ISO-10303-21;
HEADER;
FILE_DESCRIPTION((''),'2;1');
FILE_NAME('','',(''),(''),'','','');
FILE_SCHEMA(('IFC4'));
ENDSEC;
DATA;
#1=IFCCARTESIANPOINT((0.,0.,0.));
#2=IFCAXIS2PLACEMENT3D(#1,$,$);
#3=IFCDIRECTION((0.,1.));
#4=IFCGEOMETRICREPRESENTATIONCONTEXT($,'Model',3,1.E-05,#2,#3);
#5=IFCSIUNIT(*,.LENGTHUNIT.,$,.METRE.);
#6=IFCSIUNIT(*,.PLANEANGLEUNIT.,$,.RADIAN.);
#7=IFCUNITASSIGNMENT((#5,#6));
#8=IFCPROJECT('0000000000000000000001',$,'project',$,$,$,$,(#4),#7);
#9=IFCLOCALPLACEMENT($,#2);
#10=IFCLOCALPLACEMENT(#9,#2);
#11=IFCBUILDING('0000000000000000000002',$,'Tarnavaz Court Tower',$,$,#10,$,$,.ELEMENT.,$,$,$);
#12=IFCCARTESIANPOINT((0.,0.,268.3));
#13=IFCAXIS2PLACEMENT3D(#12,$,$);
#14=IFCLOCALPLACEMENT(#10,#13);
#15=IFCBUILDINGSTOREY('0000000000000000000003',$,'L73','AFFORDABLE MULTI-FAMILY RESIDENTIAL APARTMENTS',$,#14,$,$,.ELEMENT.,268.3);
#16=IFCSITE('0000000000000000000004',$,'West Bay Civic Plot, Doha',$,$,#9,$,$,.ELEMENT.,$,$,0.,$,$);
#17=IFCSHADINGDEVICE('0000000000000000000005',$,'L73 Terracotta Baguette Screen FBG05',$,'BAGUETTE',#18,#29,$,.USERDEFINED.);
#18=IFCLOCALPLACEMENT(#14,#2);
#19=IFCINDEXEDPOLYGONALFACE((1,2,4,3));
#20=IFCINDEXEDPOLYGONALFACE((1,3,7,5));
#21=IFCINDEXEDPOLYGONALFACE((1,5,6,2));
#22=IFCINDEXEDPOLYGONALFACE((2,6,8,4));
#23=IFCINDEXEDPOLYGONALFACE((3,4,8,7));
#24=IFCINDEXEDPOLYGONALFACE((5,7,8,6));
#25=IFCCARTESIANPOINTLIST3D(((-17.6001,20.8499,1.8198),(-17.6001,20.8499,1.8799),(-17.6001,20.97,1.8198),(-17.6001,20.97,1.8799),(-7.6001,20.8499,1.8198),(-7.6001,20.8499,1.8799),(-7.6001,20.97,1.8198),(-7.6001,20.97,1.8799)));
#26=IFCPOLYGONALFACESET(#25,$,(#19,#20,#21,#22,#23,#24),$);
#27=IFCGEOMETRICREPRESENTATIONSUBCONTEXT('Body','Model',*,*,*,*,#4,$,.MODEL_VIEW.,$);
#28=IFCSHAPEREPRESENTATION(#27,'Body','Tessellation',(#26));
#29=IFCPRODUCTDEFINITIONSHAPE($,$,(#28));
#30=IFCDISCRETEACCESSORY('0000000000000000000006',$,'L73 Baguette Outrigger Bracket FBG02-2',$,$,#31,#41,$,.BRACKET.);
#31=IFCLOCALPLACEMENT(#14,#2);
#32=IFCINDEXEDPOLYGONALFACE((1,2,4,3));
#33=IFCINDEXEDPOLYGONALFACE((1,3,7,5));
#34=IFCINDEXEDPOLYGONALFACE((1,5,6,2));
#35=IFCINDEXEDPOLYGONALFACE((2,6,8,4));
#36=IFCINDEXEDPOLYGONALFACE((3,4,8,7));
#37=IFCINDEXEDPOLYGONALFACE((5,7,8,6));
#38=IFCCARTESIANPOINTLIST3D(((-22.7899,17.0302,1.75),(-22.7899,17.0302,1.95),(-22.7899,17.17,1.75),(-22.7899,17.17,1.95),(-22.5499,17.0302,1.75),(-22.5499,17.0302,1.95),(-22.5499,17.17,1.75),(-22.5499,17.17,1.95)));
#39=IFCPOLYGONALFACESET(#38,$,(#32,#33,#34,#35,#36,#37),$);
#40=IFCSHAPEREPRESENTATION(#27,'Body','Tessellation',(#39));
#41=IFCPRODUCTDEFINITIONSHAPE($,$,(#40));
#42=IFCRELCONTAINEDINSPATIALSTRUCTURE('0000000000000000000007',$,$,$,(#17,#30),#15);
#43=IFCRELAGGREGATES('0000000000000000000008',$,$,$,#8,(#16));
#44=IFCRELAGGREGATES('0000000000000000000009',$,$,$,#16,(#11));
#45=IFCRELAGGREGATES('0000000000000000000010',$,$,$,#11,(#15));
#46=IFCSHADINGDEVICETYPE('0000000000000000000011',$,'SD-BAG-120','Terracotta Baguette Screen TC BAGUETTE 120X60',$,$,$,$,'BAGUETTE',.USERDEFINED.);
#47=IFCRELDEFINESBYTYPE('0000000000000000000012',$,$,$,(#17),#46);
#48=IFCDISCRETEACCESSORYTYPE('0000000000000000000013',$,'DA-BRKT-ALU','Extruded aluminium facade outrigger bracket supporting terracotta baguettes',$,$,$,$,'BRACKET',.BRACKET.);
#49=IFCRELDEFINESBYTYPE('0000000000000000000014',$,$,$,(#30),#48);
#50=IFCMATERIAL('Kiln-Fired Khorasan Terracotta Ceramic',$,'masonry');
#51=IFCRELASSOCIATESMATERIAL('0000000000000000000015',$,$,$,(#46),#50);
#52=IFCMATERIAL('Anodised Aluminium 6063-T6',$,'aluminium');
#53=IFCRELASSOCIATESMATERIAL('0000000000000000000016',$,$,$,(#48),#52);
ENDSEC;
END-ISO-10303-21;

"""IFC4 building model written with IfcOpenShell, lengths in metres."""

from ifc_helpers import new_model, si_unit, direction, frame, origin, origin_2d, place, context, subcontext, project, spatial, rectangle, extrude, material, material_profile, profile_set, type_object, element, save


model = new_model("IFC4")

# Units and contexts
model_context = context("Model", 3, precision=1e-05, world=origin(), true_north=direction((0.0, 1.0)))
body_context = subcontext(model_context, "Body", "Model", "MODEL_VIEW")
ifc_project = project(units=[si_unit("LENGTHUNIT", "METRE"), si_unit("PLANEANGLEUNIT", "RADIAN")], contexts=[model_context])

# Site, building, storey
site_placement = place(None, origin())
site = spatial("IfcSite", under=ifc_project, at=site_placement, Name="West Bay Civic Plot, Doha", CompositionType="ELEMENT", RefElevation=0.0)
building_placement = place(site_placement, origin())
building = spatial("IfcBuilding", under=site, at=building_placement, Name="Tarnavaz Court Tower", CompositionType="ELEMENT")
storey_placement = place(building_placement, frame((0.0, 0.0, 268.3)))
storey = spatial("IfcBuildingStorey", under=building, at=storey_placement, Name="L73", Description="AFFORDABLE MULTI-FAMILY RESIDENTIAL APARTMENTS", CompositionType="ELEMENT", Elevation=268.3)

# Shading device
ifc_material_1 = material(Name="Kiln-Fired Khorasan Terracotta Ceramic", Category="masonry")
ifc_material_profile_1 = material_profile(ifc_material_1, rectangle(XDim=0.1201, YDim=0.0601, at=origin_2d()), Name="TC BAGUETTE 120X60")
ifc_profile_set_1 = profile_set([ifc_material_profile_1], Name="Kiln-Fired Khorasan Terracotta Ceramic")
shading_device_type = type_object("IfcShadingDeviceType", Name="SD-BAG-120", Description="Terracotta Baguette Screen TC BAGUETTE 120X60", ElementType="BAGUETTE", PredefinedType="USERDEFINED", material=ifc_profile_set_1)
shading_device_placement = place(storey_placement, frame((-17.6001, 20.9099, 1.8499), z_axis=(1.0, 0.0, 0.0), x_axis=(0.0, 1.0, 0.0)))
element("IfcShadingDevice", 1, at=shading_device_placement, inside=storey, type_object=shading_device_type, Name="L73 Terracotta Baguette Screen FBG05", ObjectType="BAGUETTE", PredefinedType="USERDEFINED", context=body_context, shape_type="SweptSolid", body=[
    extrude(rectangle(XDim=0.1201, YDim=0.0601, at=origin_2d()), origin(), (0.0, 0.0, 1.0), 10.0),
])

# Discrete accessory
ifc_material_2 = material(Name="Anodised Aluminium 6063-T6", Category="aluminium")
discrete_accessory_type = type_object("IfcDiscreteAccessoryType", Name="DA-BRKT-ALU", Description="Extruded aluminium facade outrigger bracket supporting terracotta baguettes", ElementType="BRACKET", PredefinedType="BRACKET", material=ifc_material_2)
discrete_accessory_placement = place(storey_placement, frame((-22.6699, 17.1001, 1.75), z_axis=(0.0, 0.0, 1.0), x_axis=(0.0, 1.0, 0.0)))
element("IfcDiscreteAccessory", 2, at=discrete_accessory_placement, inside=storey, type_object=discrete_accessory_type, Name="L73 Baguette Outrigger Bracket FBG02-2", PredefinedType="BRACKET", context=body_context, shape_type="SweptSolid", body=[
    extrude(rectangle(XDim=0.1399, YDim=0.24, at=origin_2d()), origin(), (0.0, 0.0, 1.0), 0.2),
])

save(model, "model.ifc")
